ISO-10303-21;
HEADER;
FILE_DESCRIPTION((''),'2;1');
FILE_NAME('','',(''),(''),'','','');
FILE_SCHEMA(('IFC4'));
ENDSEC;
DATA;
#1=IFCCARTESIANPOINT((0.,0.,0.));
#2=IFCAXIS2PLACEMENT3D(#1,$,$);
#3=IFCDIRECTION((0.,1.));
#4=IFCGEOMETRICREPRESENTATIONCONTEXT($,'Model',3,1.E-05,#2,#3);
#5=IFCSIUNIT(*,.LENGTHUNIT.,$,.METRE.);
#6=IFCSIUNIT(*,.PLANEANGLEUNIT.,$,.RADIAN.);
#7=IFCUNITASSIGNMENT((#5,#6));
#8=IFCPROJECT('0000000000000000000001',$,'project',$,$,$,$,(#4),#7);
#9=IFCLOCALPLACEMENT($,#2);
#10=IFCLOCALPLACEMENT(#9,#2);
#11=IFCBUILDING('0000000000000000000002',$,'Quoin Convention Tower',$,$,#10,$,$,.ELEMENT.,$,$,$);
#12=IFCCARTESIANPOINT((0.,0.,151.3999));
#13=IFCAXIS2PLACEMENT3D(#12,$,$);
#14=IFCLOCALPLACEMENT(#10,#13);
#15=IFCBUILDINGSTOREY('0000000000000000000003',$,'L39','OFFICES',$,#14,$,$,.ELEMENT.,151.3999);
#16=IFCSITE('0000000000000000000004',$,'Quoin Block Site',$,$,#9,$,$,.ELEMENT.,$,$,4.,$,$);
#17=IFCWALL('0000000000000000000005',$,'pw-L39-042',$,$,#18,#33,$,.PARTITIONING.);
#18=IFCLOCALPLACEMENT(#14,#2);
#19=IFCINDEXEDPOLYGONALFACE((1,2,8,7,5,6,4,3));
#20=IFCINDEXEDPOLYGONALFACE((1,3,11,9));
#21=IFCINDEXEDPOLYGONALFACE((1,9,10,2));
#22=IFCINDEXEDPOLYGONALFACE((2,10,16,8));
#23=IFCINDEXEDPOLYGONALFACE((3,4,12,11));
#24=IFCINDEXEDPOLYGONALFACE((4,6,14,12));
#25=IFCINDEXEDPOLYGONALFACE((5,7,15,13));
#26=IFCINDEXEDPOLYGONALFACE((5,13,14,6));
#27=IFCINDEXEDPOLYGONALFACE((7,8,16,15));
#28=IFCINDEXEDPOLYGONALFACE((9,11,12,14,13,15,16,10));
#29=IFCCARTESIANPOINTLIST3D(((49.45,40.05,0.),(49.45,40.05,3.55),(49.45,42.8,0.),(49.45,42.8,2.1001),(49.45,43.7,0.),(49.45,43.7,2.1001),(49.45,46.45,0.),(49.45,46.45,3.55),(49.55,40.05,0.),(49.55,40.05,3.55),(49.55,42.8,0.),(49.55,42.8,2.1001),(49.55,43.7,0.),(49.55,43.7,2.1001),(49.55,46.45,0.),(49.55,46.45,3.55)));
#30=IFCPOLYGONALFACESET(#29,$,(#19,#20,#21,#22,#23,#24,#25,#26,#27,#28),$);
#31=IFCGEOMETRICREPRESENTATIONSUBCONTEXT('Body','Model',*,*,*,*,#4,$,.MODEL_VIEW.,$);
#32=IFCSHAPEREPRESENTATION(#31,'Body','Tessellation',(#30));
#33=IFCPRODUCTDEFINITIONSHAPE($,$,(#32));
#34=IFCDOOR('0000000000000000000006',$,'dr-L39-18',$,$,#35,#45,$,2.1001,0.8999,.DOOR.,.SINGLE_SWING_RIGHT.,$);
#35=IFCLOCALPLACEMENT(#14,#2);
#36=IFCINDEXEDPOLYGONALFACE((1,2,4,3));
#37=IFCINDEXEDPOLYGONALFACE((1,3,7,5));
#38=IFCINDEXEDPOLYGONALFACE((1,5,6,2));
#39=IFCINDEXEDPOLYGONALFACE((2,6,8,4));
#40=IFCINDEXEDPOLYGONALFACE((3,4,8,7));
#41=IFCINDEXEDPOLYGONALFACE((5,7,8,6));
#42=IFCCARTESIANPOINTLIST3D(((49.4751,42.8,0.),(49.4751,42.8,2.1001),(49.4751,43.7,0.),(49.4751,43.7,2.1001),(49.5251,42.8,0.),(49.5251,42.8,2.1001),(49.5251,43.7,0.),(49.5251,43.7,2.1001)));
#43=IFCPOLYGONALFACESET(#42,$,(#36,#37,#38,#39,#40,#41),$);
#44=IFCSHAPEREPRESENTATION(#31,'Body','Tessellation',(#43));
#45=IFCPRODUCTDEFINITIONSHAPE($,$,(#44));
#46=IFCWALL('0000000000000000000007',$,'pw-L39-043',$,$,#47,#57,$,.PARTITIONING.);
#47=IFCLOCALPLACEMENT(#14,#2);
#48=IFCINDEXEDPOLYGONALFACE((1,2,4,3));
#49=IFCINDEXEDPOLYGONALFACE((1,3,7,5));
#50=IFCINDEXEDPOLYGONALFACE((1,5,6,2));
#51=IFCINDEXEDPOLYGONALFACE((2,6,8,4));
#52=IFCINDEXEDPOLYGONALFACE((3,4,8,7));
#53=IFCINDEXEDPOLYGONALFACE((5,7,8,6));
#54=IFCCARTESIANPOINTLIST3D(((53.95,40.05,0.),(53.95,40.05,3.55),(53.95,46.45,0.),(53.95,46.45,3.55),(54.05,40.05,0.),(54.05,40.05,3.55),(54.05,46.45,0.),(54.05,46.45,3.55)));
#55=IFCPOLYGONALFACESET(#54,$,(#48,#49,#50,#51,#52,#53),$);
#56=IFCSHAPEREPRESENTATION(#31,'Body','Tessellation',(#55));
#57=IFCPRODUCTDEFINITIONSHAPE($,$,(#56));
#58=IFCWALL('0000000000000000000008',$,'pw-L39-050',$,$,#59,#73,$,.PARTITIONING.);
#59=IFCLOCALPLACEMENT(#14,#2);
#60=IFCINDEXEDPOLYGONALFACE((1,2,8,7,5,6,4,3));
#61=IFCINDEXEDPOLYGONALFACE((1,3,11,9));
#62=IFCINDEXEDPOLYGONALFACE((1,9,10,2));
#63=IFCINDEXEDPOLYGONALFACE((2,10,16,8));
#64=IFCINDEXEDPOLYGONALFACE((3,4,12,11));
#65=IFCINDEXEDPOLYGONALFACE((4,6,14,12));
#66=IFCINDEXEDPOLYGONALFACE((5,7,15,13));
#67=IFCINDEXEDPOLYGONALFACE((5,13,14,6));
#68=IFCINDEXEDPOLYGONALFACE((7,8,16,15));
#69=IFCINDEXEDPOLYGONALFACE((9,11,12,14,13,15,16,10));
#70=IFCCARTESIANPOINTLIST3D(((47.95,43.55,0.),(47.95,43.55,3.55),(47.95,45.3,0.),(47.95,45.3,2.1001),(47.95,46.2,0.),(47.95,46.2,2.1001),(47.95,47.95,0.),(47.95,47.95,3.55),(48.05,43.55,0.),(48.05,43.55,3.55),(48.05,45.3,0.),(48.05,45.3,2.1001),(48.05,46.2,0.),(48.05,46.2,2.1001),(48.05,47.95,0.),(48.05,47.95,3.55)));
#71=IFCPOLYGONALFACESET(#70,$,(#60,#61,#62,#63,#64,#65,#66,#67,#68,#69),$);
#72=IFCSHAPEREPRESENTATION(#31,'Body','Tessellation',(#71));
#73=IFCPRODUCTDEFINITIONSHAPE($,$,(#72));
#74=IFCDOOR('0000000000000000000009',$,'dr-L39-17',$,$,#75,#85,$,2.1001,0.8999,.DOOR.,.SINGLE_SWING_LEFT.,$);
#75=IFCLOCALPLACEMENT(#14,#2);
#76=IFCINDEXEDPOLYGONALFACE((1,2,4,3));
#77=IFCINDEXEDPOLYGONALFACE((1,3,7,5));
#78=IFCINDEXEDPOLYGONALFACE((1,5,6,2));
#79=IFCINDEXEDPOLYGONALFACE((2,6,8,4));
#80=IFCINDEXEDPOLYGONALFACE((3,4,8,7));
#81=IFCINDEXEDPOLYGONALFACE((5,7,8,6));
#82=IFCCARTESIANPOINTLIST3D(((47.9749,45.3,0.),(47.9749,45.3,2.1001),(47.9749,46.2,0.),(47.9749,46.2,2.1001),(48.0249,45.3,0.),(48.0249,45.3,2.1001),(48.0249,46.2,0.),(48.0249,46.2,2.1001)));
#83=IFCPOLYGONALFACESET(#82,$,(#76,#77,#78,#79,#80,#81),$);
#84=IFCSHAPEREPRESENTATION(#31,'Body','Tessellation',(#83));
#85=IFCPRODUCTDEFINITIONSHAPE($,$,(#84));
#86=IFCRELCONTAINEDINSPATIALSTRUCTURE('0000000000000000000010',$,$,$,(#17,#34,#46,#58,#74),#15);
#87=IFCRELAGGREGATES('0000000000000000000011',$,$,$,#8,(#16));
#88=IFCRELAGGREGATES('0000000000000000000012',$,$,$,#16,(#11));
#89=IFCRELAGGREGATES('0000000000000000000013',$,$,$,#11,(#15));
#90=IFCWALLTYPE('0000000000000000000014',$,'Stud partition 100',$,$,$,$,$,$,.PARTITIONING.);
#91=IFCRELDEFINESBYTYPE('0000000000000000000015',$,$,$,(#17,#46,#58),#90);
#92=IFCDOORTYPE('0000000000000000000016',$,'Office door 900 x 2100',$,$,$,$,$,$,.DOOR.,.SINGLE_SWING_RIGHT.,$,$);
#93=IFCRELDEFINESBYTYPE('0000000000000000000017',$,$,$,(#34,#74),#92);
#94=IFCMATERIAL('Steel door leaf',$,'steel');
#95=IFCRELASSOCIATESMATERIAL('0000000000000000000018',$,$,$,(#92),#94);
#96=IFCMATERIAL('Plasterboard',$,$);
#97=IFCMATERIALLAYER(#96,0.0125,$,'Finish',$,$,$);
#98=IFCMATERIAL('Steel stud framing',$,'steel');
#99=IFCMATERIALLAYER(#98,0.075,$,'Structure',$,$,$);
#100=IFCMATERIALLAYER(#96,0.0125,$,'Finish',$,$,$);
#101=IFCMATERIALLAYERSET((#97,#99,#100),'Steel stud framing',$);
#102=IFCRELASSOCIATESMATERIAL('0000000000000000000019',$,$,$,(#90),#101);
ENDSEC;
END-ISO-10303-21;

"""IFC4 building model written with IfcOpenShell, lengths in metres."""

from ifc_helpers import new_model, si_unit, direction, frame, frame_2d, origin, place, context, subcontext, project, spatial, rectangle, extrude, material, layer, layer_set, type_object, element, fill, save


model = new_model("IFC4")

# Units and contexts
model_context = context("Model", 3, precision=1e-05, world=origin(), true_north=direction((0.0, 1.0)))
body_context = subcontext(model_context, "Body", "Model", "MODEL_VIEW")
ifc_project = project(units=[si_unit("LENGTHUNIT", "METRE"), si_unit("PLANEANGLEUNIT", "RADIAN")], contexts=[model_context])

# Site, building, storey
site_placement = place(None, origin())
site = spatial("IfcSite", under=ifc_project, at=site_placement, Name="Quoin Block Site", CompositionType="ELEMENT", RefElevation=4.0)
building_placement = place(site_placement, origin())
building = spatial("IfcBuilding", under=site, at=building_placement, Name="Quoin Convention Tower", CompositionType="ELEMENT")
storey_placement = place(building_placement, frame((0.0, 0.0, 151.3999)))
storey = spatial("IfcBuildingStorey", under=building, at=storey_placement, Name="L39", Description="OFFICES", CompositionType="ELEMENT", Elevation=151.3999)

# Shared definitions
ifc_material_1 = material(Name="Plasterboard")
ifc_material_2 = material(Name="Steel stud framing", Category="steel")
ifc_material_3 = material(Name="Steel door leaf", Category="steel")
door_type = type_object("IfcDoorType", Name="Office door 900 x 2100", OperationType="SINGLE_SWING_RIGHT", PredefinedType="DOOR", material=ifc_material_3)

# Shared definitions
ifc_layer_1 = layer(ifc_material_1, 0.0125, Name="Finish")
ifc_layer_2 = layer(ifc_material_2, 0.075, Name="Structure")
ifc_layer_3 = layer(ifc_material_1, 0.0125, Name="Finish")
ifc_layer_set_1 = layer_set([ifc_layer_1, ifc_layer_2, ifc_layer_3], Name="Steel stud framing")
wall_type_1 = type_object("IfcWallType", Name="Stud partition 100", PredefinedType="PARTITIONING", material=ifc_layer_set_1)

# Wall, opening, door
wall_1_placement = place(storey_placement, frame((49.5, 40.05, 0.0), z_axis=(0.0, 0.0, 1.0), x_axis=(0.0, 1.0, 0.0)))
wall_1 = element("IfcWall", 1, at=wall_1_placement, inside=storey, type_object=wall_type_1, Name="pw-L39-042", PredefinedType="PARTITIONING", context=body_context, shape_type="SweptSolid", body=[
    extrude(rectangle(XDim=6.3999, YDim=0.1001, at=frame_2d((3.2, 0.0))), origin(), (0.0, 0.0, 1.0), 3.55),
])
opening_1_placement = place(wall_1_placement, frame((2.75, 0.0, 0.0)))
opening_1 = element("IfcOpeningElement", 2, at=opening_1_placement, cuts=wall_1, PredefinedType="OPENING", context=body_context, shape_type="SweptSolid", body=[
    extrude(rectangle(XDim=0.8999, YDim=2.1001, at=frame_2d((0.45, 1.05))), frame((0.0, 0.0601, 0.0), z_axis=(0.0, -1.0, 0.0), x_axis=(1.0, 0.0, 0.0)), (0.0, 0.0, 1.0), 0.1201),
])
door_1_placement = place(opening_1_placement, origin())
door_1 = element("IfcDoor", 3, at=door_1_placement, inside=storey, type_object=door_type, Name="dr-L39-18", OperationType="SINGLE_SWING_RIGHT", OverallHeight=2.1001, OverallWidth=0.8999, PredefinedType="DOOR", context=body_context, shape_type="SweptSolid", body=[
    extrude(rectangle(XDim=0.8999, YDim=2.1001, at=frame_2d((0.45, 1.05))), frame((0.0, 0.0249, 0.0), z_axis=(0.0, -1.0, 0.0), x_axis=(1.0, 0.0, 0.0)), (0.0, 0.0, 1.0), 0.05),
])
fill(opening_1, door_1)

# Wall
wall_2_placement = place(storey_placement, frame((54.0, 40.05, 0.0), z_axis=(0.0, 0.0, 1.0), x_axis=(0.0, 1.0, 0.0)))
element("IfcWall", 4, at=wall_2_placement, inside=storey, type_object=wall_type_1, Name="pw-L39-043", PredefinedType="PARTITIONING", context=body_context, shape_type="SweptSolid", body=[
    extrude(rectangle(XDim=6.3999, YDim=0.1001, at=frame_2d((3.2, 0.0))), origin(), (0.0, 0.0, 1.0), 3.55),
])

# Wall, opening, door
wall_3_placement = place(storey_placement, frame((48.0, 43.55, 0.0), z_axis=(0.0, 0.0, 1.0), x_axis=(0.0, 1.0, 0.0)))
wall_3 = element("IfcWall", 5, at=wall_3_placement, inside=storey, type_object=wall_type_1, Name="pw-L39-050", PredefinedType="PARTITIONING", context=body_context, shape_type="SweptSolid", body=[
    extrude(rectangle(XDim=4.3999, YDim=0.1001, at=frame_2d((2.2, 0.0))), origin(), (0.0, 0.0, 1.0), 3.55),
])
opening_2_placement = place(wall_3_placement, frame((1.75, 0.0, 0.0)))
opening_2 = element("IfcOpeningElement", 6, at=opening_2_placement, cuts=wall_3, PredefinedType="OPENING", context=body_context, shape_type="SweptSolid", body=[
    extrude(rectangle(XDim=0.8999, YDim=2.1001, at=frame_2d((0.45, 1.05))), frame((0.0, 0.0601, 0.0), z_axis=(0.0, -1.0, 0.0), x_axis=(1.0, 0.0, 0.0)), (0.0, 0.0, 1.0), 0.1201),
])
door_2_placement = place(opening_2_placement, frame((0.8999, 0.0, 0.0), z_axis=(0.0, 0.0, 1.0), x_axis=(-1.0, 0.0, 0.0)))
door_2 = element("IfcDoor", 7, at=door_2_placement, inside=storey, type_object=door_type, Name="dr-L39-17", OperationType="SINGLE_SWING_LEFT", OverallHeight=2.1001, OverallWidth=0.8999, PredefinedType="DOOR", context=body_context, shape_type="SweptSolid", body=[
    extrude(rectangle(XDim=0.8999, YDim=2.1001, at=frame_2d((0.45, 1.05))), frame((0.0, 0.0249, 0.0), z_axis=(0.0, -1.0, 0.0), x_axis=(1.0, 0.0, 0.0)), (0.0, 0.0, 1.0), 0.05),
])
fill(opening_2, door_2)

save(model, "model.ifc")
